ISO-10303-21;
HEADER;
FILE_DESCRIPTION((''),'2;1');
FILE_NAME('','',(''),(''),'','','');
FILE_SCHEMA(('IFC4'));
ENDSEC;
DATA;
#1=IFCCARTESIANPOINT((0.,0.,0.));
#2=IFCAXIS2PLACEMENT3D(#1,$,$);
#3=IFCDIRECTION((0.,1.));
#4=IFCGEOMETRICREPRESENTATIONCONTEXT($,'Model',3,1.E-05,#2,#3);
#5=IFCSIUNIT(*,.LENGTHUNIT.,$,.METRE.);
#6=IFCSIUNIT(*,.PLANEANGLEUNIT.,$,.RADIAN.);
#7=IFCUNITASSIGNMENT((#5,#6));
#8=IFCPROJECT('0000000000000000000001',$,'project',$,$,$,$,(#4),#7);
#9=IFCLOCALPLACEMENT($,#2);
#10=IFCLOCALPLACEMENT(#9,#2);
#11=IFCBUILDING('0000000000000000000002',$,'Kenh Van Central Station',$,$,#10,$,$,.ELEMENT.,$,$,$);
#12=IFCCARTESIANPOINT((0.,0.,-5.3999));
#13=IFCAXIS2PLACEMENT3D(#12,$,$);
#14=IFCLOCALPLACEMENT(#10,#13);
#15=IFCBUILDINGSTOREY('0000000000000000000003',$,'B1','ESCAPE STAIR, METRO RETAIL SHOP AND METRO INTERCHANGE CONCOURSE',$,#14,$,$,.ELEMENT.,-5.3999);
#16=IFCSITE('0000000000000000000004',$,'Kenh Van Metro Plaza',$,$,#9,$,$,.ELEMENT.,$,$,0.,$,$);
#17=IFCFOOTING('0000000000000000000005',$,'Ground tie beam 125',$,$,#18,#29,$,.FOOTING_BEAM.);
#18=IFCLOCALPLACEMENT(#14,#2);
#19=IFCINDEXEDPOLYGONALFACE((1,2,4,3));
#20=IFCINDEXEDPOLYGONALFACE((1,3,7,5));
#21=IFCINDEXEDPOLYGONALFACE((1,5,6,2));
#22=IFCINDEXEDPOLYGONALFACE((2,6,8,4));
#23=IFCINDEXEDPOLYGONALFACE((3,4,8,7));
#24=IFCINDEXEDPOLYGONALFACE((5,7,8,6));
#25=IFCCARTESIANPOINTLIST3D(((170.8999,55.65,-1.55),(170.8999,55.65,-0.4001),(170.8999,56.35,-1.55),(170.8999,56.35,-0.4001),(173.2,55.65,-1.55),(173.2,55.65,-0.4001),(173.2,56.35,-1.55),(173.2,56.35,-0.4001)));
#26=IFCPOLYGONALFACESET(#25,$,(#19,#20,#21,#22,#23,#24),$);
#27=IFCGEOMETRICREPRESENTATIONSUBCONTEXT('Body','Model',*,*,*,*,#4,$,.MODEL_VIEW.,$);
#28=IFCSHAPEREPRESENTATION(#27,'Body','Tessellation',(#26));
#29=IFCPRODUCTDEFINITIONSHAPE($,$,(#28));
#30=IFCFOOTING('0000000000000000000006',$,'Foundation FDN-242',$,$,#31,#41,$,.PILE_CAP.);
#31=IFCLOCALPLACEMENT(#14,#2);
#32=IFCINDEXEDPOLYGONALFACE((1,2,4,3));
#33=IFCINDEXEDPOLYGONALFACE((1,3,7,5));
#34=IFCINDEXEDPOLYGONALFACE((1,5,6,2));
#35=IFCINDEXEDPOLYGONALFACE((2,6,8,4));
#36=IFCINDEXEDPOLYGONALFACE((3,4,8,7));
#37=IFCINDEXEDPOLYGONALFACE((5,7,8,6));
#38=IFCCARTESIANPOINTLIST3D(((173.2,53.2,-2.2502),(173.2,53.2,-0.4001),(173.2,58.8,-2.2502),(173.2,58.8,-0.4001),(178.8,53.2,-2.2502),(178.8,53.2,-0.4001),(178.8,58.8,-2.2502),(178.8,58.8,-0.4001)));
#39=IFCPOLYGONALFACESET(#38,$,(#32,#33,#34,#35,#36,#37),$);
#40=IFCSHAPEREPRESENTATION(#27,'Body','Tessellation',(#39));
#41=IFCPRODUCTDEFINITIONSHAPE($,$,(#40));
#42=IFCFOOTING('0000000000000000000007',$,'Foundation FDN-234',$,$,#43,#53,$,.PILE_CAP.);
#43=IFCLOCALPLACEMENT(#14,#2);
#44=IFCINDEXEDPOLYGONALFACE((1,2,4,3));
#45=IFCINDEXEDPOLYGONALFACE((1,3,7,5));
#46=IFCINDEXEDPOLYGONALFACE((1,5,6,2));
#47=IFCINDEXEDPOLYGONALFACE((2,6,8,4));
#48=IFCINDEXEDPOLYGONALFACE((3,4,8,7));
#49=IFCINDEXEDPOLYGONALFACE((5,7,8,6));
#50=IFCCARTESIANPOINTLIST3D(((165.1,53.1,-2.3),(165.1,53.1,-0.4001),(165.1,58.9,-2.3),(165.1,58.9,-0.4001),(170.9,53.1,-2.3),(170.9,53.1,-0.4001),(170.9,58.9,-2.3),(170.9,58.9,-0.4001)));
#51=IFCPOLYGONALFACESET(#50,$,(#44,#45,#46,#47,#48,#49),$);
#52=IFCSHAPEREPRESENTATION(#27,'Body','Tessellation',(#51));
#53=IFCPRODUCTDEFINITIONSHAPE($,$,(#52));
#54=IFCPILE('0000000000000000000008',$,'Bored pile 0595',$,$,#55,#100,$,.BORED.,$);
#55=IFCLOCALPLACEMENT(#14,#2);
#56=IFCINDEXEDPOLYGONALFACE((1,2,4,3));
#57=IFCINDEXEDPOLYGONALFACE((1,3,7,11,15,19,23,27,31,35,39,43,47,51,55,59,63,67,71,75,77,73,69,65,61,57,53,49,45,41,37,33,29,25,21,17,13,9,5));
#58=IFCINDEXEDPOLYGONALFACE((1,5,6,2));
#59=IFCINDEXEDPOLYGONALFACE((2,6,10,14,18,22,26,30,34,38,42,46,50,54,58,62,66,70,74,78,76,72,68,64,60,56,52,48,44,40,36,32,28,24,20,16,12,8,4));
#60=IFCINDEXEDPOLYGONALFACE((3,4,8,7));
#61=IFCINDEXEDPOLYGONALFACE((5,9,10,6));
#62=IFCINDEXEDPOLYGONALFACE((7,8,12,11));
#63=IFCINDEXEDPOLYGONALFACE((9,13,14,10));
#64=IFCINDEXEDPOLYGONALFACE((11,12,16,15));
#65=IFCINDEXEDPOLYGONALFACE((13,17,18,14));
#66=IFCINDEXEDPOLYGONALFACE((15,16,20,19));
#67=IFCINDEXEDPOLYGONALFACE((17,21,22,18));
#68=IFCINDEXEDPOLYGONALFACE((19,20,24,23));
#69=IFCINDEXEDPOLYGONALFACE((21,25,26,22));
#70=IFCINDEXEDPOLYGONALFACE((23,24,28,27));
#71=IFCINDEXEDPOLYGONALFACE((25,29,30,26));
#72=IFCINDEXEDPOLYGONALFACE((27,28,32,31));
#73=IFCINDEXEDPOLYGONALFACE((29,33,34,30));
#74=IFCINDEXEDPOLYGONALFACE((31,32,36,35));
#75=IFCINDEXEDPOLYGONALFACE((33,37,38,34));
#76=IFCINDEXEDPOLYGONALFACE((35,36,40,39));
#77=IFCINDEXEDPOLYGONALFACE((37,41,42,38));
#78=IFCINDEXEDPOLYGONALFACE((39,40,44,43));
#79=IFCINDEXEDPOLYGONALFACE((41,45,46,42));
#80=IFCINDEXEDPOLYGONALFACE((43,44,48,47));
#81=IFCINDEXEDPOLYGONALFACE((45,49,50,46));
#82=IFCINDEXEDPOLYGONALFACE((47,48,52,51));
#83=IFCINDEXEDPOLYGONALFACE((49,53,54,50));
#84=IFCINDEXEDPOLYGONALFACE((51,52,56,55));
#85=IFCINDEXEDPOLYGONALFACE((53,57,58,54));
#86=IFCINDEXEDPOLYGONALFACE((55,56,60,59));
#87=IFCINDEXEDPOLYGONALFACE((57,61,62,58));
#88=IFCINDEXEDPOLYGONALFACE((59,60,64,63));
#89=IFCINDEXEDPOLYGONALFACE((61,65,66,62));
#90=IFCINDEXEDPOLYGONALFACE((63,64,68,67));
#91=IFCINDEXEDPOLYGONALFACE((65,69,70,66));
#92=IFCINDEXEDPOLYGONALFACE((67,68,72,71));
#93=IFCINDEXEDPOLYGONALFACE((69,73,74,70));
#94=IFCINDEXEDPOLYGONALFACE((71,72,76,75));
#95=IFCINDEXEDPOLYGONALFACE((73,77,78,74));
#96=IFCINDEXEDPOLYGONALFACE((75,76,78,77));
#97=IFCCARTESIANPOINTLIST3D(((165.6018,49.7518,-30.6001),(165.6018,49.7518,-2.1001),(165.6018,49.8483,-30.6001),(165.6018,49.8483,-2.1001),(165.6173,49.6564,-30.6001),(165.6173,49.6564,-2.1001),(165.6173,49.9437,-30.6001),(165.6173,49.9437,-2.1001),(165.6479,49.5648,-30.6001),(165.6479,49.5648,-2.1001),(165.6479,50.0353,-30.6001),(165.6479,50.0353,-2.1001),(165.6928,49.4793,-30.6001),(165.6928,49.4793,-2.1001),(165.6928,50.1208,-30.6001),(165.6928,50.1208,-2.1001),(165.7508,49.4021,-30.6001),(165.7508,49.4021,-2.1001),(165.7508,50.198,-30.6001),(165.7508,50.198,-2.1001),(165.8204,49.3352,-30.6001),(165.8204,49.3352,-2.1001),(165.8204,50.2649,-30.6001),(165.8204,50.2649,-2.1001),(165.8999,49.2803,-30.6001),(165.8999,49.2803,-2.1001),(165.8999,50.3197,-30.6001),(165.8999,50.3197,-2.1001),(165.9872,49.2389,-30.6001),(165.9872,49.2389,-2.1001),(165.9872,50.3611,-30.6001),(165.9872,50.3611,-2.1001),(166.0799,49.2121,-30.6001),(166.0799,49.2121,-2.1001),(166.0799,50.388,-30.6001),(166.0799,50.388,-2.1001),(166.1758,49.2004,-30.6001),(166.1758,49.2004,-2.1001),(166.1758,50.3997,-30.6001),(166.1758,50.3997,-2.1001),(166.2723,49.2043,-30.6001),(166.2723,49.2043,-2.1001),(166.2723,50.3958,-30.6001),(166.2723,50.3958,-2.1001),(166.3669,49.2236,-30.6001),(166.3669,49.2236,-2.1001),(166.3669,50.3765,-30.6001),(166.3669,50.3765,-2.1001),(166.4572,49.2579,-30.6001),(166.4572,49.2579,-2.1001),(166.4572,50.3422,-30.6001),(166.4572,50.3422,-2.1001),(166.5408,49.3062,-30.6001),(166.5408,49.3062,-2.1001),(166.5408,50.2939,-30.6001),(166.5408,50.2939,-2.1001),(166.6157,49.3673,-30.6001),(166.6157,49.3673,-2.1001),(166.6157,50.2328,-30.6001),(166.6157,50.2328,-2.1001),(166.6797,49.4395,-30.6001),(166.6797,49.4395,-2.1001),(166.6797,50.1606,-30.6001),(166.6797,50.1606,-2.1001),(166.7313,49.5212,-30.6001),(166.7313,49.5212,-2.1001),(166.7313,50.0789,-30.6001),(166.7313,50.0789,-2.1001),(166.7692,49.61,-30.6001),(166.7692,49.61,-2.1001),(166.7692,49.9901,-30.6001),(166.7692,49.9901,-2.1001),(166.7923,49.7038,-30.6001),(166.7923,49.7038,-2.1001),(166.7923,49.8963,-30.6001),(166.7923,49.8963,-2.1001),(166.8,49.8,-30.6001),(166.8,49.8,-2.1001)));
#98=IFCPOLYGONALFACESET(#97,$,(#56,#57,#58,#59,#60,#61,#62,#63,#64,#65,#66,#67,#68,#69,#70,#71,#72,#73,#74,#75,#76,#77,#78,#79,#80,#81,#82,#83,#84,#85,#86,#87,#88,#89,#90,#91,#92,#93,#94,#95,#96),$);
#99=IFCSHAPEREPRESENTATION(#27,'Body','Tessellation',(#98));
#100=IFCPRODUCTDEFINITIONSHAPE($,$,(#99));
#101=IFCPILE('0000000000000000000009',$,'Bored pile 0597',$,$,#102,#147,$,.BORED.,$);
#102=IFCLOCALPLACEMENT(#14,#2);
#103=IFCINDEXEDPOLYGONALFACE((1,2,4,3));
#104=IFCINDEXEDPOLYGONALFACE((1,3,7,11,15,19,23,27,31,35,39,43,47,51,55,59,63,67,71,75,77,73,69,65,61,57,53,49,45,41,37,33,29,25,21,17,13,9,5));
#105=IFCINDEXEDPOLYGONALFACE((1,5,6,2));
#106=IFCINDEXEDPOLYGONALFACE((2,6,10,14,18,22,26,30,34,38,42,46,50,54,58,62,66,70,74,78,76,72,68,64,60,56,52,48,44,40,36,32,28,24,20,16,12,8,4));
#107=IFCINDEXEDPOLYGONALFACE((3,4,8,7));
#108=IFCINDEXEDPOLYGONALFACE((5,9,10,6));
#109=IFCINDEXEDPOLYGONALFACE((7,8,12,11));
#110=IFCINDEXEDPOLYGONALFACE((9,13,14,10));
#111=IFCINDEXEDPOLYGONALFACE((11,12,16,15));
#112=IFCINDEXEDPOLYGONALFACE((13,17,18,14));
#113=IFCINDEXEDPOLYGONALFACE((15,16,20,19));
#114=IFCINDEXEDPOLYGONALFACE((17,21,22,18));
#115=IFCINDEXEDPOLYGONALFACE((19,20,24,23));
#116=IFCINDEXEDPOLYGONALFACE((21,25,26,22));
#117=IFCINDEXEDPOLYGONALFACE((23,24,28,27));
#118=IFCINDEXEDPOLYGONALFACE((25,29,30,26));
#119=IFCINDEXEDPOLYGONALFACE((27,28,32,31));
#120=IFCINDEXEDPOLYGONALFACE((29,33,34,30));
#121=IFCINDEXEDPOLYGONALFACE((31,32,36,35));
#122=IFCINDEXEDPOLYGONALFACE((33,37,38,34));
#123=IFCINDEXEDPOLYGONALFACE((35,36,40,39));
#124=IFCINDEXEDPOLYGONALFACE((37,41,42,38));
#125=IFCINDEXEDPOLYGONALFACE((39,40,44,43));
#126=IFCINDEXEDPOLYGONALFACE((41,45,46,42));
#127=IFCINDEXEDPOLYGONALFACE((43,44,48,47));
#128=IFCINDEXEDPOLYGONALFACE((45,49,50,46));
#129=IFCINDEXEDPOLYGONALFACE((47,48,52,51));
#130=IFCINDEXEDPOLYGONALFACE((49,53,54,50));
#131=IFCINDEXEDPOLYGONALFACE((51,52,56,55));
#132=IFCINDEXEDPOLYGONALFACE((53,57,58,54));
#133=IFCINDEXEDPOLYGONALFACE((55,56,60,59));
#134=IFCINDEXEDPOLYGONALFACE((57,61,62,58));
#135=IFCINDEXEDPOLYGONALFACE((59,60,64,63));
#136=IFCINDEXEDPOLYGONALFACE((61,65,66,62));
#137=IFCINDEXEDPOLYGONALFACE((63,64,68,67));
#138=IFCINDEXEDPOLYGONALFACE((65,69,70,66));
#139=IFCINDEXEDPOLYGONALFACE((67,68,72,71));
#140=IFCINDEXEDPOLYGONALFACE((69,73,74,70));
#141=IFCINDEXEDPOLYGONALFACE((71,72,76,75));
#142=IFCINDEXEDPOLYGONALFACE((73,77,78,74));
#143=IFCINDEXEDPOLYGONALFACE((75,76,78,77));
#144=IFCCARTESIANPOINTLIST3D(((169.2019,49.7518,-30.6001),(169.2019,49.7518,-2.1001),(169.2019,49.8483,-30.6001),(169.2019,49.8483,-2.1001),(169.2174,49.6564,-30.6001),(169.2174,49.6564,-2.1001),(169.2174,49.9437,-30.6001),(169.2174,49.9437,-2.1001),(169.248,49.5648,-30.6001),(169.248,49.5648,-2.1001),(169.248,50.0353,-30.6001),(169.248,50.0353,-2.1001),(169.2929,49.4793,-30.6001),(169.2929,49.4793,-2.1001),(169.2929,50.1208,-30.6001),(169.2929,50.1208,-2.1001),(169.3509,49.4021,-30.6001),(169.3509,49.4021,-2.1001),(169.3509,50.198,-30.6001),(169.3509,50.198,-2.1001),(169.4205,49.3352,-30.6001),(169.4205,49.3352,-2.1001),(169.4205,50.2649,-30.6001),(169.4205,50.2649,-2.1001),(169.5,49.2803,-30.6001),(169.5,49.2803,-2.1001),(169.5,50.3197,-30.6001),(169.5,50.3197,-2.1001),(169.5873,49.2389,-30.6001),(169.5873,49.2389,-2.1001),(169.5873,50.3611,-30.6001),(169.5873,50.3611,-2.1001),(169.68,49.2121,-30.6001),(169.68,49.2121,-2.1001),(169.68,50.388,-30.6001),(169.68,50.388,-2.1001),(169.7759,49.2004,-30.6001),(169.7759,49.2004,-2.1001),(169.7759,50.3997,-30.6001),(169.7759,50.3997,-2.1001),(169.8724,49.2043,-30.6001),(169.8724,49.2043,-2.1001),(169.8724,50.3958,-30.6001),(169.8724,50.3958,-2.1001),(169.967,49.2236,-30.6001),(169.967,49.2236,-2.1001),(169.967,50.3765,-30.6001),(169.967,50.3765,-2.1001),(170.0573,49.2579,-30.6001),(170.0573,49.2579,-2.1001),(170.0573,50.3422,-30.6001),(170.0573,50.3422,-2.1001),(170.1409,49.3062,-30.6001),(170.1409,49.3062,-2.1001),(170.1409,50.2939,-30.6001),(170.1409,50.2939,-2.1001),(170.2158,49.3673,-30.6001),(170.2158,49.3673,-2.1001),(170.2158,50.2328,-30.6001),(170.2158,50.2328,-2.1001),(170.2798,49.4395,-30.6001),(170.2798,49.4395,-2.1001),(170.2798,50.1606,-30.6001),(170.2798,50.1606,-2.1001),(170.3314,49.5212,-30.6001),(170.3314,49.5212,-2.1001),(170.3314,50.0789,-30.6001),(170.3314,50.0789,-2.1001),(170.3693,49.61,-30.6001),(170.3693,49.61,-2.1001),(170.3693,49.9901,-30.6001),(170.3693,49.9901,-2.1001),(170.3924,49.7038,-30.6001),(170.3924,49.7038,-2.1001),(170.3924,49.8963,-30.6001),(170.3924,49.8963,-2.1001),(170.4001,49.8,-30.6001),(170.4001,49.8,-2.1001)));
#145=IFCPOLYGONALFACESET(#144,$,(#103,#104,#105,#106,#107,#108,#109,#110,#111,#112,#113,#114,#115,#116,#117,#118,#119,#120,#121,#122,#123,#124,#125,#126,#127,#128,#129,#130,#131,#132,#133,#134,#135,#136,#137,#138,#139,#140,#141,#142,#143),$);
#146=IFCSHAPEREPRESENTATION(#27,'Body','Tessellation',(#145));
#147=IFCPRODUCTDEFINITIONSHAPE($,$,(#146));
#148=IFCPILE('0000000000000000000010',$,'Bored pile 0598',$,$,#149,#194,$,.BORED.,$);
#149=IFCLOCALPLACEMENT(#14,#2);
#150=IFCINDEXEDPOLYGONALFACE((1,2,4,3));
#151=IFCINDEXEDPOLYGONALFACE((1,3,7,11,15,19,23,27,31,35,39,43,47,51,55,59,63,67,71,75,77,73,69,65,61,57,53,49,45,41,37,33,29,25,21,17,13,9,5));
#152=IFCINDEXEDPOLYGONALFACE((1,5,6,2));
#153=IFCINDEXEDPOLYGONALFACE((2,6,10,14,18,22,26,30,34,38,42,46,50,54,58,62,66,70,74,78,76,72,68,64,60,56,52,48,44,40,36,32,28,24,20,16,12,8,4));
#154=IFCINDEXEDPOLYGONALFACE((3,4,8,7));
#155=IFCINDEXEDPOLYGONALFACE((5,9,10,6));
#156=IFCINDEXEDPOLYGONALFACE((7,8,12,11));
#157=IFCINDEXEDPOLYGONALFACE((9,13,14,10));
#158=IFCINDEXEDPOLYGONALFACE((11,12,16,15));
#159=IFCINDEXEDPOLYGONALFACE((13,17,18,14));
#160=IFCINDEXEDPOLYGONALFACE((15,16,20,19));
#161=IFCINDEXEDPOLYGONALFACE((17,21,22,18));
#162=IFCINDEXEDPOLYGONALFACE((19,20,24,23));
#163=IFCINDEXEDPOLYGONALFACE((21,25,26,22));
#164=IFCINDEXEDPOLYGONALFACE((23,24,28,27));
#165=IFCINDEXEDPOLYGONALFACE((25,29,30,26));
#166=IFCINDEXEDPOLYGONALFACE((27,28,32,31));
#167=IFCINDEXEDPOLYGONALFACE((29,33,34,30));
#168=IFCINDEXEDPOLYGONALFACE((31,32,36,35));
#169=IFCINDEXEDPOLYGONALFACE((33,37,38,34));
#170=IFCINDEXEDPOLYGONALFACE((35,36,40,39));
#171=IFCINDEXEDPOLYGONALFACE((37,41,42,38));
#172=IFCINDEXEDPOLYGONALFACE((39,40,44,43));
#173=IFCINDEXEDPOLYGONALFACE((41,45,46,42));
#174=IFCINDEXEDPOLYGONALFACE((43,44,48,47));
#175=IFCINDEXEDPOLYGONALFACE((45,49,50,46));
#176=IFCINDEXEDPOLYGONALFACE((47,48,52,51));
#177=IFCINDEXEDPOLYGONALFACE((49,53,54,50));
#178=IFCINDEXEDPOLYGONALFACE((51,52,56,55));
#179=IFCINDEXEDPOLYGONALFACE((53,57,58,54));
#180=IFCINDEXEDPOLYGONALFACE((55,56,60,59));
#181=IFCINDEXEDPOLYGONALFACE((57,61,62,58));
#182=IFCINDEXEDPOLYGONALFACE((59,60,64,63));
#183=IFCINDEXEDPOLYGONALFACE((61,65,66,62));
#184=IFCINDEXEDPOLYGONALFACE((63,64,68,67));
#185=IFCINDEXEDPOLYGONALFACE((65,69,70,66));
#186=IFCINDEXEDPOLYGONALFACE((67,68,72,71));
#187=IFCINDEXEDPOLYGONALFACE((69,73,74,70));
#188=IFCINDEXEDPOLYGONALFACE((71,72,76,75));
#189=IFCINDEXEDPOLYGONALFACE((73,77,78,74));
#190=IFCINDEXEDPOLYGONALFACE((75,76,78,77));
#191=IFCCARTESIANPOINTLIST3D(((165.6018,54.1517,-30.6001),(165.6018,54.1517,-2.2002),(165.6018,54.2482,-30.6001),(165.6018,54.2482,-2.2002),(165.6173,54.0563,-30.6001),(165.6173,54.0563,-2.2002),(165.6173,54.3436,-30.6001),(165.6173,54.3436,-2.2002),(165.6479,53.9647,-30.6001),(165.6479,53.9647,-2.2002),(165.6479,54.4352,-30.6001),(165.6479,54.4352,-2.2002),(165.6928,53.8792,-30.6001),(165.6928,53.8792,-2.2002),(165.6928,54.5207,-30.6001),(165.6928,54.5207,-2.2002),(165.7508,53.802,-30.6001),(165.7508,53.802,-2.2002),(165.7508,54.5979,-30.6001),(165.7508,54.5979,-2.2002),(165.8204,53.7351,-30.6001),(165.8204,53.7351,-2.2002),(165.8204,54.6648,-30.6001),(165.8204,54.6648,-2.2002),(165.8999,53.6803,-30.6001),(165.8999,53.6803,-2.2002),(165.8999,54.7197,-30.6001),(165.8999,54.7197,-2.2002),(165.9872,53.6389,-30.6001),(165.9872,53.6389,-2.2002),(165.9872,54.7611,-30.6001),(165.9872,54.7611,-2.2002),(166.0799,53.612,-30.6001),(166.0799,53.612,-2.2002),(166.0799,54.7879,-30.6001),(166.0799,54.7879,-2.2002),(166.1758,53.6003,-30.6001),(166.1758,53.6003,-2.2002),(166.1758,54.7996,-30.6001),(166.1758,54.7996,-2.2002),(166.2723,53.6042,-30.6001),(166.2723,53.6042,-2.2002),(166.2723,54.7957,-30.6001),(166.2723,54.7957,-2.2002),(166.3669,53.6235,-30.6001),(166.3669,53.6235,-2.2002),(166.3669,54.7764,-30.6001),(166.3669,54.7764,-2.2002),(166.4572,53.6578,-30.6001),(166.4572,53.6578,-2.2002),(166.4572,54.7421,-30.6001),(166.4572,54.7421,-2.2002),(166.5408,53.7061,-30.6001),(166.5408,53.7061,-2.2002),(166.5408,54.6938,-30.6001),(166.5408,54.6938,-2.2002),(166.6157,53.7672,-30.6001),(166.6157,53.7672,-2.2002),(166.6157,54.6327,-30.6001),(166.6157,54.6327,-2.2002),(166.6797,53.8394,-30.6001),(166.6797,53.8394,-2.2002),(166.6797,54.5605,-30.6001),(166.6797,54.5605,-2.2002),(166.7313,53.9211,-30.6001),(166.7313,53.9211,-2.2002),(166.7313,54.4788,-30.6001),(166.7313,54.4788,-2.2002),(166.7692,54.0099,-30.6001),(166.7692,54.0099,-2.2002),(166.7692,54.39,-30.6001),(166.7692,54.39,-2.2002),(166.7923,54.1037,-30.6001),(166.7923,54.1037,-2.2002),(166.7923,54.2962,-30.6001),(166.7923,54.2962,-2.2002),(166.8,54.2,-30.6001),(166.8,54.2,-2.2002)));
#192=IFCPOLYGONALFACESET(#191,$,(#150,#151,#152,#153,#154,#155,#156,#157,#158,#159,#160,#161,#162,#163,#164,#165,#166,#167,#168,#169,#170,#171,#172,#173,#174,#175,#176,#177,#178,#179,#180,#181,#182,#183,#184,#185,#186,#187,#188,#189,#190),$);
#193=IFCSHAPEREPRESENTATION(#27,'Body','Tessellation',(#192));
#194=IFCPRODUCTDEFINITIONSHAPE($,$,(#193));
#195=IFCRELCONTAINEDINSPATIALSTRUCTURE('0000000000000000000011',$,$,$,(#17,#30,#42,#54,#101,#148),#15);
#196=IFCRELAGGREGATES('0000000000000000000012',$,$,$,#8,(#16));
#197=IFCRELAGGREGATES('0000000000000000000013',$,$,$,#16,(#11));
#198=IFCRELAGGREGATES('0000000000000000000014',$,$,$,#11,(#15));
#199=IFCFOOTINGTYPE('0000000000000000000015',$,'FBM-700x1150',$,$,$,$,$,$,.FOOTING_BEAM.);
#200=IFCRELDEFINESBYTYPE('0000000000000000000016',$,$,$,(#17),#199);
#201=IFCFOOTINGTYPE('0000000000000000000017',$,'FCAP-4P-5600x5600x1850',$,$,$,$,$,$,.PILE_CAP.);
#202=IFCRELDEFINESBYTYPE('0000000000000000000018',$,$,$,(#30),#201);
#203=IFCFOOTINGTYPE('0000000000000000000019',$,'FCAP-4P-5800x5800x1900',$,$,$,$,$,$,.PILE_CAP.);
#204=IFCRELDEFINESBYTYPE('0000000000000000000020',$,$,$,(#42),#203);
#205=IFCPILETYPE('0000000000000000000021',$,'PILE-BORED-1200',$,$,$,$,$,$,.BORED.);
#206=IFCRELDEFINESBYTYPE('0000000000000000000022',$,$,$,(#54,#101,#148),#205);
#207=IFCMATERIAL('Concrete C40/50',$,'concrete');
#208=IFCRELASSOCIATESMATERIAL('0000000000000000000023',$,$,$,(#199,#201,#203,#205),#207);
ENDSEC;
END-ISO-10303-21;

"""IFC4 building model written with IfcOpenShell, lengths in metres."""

from ifc_helpers import new_model, si_unit, direction, frame, origin, origin_2d, place, context, subcontext, project, spatial, rectangle, circle, extrude, material, material_profile, profile_set, type_object, element, save


model = new_model("IFC4")

# Units and contexts
model_context = context("Model", 3, precision=1e-05, world=origin(), true_north=direction((0.0, 1.0)))
body_context = subcontext(model_context, "Body", "Model", "MODEL_VIEW")
ifc_project = project(units=[si_unit("LENGTHUNIT", "METRE"), si_unit("PLANEANGLEUNIT", "RADIAN")], contexts=[model_context])

# Site, building, storey
site_placement = place(None, origin())
site = spatial("IfcSite", under=ifc_project, at=site_placement, Name="Kenh Van Metro Plaza", CompositionType="ELEMENT", RefElevation=0.0)
building_placement = place(site_placement, origin())
building = spatial("IfcBuilding", under=site, at=building_placement, Name="Kenh Van Central Station", CompositionType="ELEMENT")
storey_placement = place(building_placement, frame((0.0, 0.0, -5.3999)))
storey = spatial("IfcBuildingStorey", under=building, at=storey_placement, Name="B1", Description="ESCAPE STAIR, METRO RETAIL SHOP AND METRO INTERCHANGE CONCOURSE", CompositionType="ELEMENT", Elevation=-5.3999)

# Footings
ifc_material_1 = material(Name="Concrete C40/50", Category="concrete")
ifc_material_profile_1 = material_profile(ifc_material_1, rectangle(XDim=0.7, YDim=1.1499, at=origin_2d()), Name="RC 700x1150")
ifc_profile_set_1 = profile_set([ifc_material_profile_1], Name="Concrete C40/50")
footing_type_1 = type_object("IfcFootingType", Name="FBM-700x1150", PredefinedType="FOOTING_BEAM", material=ifc_profile_set_1)
footing_1_placement = place(storey_placement, frame((170.8999, 56.0, -0.9751), z_axis=(1.0, 0.0, 0.0), x_axis=(0.0, 1.0, 0.0)))
element("IfcFooting", 1, at=footing_1_placement, inside=storey, type_object=footing_type_1, Name="Ground tie beam 125", PredefinedType="FOOTING_BEAM", context=body_context, shape_type="SweptSolid", body=[
    extrude(rectangle(XDim=0.7, YDim=1.1499, at=origin_2d()), origin(), (0.0, 0.0, 1.0), 2.3),
])
footing_type_2 = type_object("IfcFootingType", Name="FCAP-4P-5600x5600x1850", PredefinedType="PILE_CAP", material=ifc_material_1)
footing_2_placement = place(storey_placement, frame((176.0, 56.0, -2.2502), z_axis=(0.0, 0.0, 1.0), x_axis=(1.0, 0.0, 0.0)))
element("IfcFooting", 2, at=footing_2_placement, inside=storey, type_object=footing_type_2, Name="Foundation FDN-242", PredefinedType="PILE_CAP", context=body_context, shape_type="SweptSolid", body=[
    extrude(rectangle(XDim=5.6001, YDim=5.6001, at=origin_2d()), origin(), (0.0, 0.0, 1.0), 1.8501),
])
footing_type_3 = type_object("IfcFootingType", Name="FCAP-4P-5800x5800x1900", PredefinedType="PILE_CAP", material=ifc_material_1)
footing_3_placement = place(storey_placement, frame((168.0, 56.0, -2.3), z_axis=(0.0, 0.0, 1.0), x_axis=(1.0, 0.0, 0.0)))
element("IfcFooting", 3, at=footing_3_placement, inside=storey, type_object=footing_type_3, Name="Foundation FDN-234", PredefinedType="PILE_CAP", context=body_context, shape_type="SweptSolid", body=[
    extrude(rectangle(XDim=5.8, YDim=5.8, at=origin_2d()), origin(), (0.0, 0.0, 1.0), 1.8999),
])

# Piles
ifc_material_profile_2 = material_profile(ifc_material_1, circle(Radius=0.6001, at=origin_2d()), Name="PILE D1200")
ifc_profile_set_2 = profile_set([ifc_material_profile_2], Name="Concrete C40/50")
pile_type = type_object("IfcPileType", Name="PILE-BORED-1200", PredefinedType="BORED", material=ifc_profile_set_2)
for number, where, z_axis, x_axis, name in (
    (4, (166.2, 49.8, -2.1001), (0.0, 0.0, -1.0), (1.0, 0.0, 0.0), "Bored pile 0595"),
    (5, (169.8, 49.8, -2.1001), (0.0, 0.0, -1.0), (1.0, 0.0, 0.0), "Bored pile 0597"),
):
    element("IfcPile", number, at=place(storey_placement, frame(where, z_axis=z_axis, x_axis=x_axis)), inside=storey, type_object=pile_type, Name=name, PredefinedType="BORED", context=body_context, shape_type="SweptSolid", body=[
        extrude(circle(Radius=0.6001, at=origin_2d()), origin(), (0.0, 0.0, 1.0), 28.5),
    ])
for number, where, z_axis, x_axis, name in (
    (6, (166.2, 54.2, -2.2002), (0.0, 0.0, -1.0), (1.0, 0.0, 0.0), "Bored pile 0598"),
):
    element("IfcPile", number, at=place(storey_placement, frame(where, z_axis=z_axis, x_axis=x_axis)), inside=storey, type_object=pile_type, Name=name, PredefinedType="BORED", context=body_context, shape_type="SweptSolid", body=[
        extrude(circle(Radius=0.6001, at=origin_2d()), origin(), (0.0, 0.0, 1.0), 28.3999),
    ])

save(model, "model.ifc")
